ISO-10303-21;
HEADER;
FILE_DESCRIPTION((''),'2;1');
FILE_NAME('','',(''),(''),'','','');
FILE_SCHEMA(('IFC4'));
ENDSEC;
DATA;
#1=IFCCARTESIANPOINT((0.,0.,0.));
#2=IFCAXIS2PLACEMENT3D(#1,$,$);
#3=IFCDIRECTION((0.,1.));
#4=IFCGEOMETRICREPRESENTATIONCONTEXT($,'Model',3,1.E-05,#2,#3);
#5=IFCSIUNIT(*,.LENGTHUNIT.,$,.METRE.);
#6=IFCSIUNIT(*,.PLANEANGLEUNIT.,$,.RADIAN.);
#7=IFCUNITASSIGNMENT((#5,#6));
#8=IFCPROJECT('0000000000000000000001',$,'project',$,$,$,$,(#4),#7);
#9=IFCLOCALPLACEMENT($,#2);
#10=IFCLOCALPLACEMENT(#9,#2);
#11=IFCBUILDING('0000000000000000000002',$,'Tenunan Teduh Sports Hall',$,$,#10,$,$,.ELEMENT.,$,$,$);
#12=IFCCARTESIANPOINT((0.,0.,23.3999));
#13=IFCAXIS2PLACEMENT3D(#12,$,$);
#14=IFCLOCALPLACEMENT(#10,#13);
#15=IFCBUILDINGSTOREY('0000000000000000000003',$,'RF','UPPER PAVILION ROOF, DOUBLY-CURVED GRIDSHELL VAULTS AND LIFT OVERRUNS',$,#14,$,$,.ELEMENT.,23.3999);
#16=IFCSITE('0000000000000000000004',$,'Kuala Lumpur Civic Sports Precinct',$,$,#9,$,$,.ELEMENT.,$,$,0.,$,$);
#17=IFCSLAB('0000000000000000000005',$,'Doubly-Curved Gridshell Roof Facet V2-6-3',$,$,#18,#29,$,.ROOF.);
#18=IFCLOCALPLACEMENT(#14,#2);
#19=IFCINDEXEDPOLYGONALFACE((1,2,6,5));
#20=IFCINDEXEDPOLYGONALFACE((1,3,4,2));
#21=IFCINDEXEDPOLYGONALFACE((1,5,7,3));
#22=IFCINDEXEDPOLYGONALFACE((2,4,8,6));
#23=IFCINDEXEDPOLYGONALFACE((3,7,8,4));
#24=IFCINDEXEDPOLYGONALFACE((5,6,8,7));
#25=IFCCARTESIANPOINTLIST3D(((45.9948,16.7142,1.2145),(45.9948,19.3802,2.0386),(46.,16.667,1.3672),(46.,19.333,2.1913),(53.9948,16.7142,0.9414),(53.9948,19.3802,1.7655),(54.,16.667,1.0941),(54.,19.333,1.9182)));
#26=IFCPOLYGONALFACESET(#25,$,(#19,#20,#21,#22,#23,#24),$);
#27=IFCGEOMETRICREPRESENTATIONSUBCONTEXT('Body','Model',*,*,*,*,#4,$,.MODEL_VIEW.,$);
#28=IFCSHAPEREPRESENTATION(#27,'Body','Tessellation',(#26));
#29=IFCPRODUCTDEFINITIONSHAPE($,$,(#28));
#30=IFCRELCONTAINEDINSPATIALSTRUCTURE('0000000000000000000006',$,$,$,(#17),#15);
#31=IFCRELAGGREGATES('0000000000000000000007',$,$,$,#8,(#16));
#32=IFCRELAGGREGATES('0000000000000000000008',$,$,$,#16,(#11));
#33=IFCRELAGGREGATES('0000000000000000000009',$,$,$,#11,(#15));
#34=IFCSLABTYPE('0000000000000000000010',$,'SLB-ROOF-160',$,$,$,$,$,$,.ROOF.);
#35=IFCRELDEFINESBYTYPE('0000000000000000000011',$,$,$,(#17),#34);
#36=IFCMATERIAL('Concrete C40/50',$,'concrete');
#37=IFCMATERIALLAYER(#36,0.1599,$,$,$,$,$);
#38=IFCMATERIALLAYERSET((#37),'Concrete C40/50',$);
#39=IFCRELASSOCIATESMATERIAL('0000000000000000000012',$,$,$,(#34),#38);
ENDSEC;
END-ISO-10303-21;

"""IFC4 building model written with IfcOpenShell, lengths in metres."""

from ifc_helpers import new_model, si_unit, direction, frame, origin, place, context, subcontext, project, spatial, polyline, outline, extrude, material, layer, layer_set, type_object, element, save


model = new_model("IFC4")

# Units and contexts
model_context = context("Model", 3, precision=1e-05, world=origin(), true_north=direction((0.0, 1.0)))
body_context = subcontext(model_context, "Body", "Model", "MODEL_VIEW")
ifc_project = project(units=[si_unit("LENGTHUNIT", "METRE"), si_unit("PLANEANGLEUNIT", "RADIAN")], contexts=[model_context])

# Site, building, storey
site_placement = place(None, origin())
site = spatial("IfcSite", under=ifc_project, at=site_placement, Name="Kuala Lumpur Civic Sports Precinct", CompositionType="ELEMENT", RefElevation=0.0)
building_placement = place(site_placement, origin())
building = spatial("IfcBuilding", under=site, at=building_placement, Name="Tenunan Teduh Sports Hall", CompositionType="ELEMENT")
storey_placement = place(building_placement, frame((0.0, 0.0, 23.3999)))
storey = spatial("IfcBuildingStorey", under=building, at=storey_placement, Name="RF", Description="UPPER PAVILION ROOF, DOUBLY-CURVED GRIDSHELL VAULTS AND LIFT OVERRUNS", CompositionType="ELEMENT", Elevation=23.3999)

# Slab
ifc_material_1 = material(Name="Concrete C40/50", Category="concrete")
ifc_layer_1 = layer(ifc_material_1, 0.1599)
ifc_layer_set_1 = layer_set([ifc_layer_1], Name="Concrete C40/50")
slab_type_1 = type_object("IfcSlabType", Name="SLB-ROOF-160", PredefinedType="ROOF", material=ifc_layer_set_1)
slab_1_placement = place(storey_placement, frame((46.0, 16.667, 1.3672), z_axis=(0.032594, -0.295168, 0.954889), x_axis=(0.999418, -0.000004, -0.034115)))
element("IfcSlab", 1, at=slab_1_placement, inside=storey, type_object=slab_type_1, Name="Doubly-Curved Gridshell Roof Facet V2-6-3", PredefinedType="ROOF", context=body_context, shape_type="SweptSolid", body=[
    extrude(outline(polyline([(0.0, 0.0), (8.0047, 0.0), (7.9765, 2.7904), (-0.0281, 2.7903), (0.0, 0.0)])), origin(), (0.0, 0.0, -1.0), 0.1599),
])

save(model, "model.ifc")
